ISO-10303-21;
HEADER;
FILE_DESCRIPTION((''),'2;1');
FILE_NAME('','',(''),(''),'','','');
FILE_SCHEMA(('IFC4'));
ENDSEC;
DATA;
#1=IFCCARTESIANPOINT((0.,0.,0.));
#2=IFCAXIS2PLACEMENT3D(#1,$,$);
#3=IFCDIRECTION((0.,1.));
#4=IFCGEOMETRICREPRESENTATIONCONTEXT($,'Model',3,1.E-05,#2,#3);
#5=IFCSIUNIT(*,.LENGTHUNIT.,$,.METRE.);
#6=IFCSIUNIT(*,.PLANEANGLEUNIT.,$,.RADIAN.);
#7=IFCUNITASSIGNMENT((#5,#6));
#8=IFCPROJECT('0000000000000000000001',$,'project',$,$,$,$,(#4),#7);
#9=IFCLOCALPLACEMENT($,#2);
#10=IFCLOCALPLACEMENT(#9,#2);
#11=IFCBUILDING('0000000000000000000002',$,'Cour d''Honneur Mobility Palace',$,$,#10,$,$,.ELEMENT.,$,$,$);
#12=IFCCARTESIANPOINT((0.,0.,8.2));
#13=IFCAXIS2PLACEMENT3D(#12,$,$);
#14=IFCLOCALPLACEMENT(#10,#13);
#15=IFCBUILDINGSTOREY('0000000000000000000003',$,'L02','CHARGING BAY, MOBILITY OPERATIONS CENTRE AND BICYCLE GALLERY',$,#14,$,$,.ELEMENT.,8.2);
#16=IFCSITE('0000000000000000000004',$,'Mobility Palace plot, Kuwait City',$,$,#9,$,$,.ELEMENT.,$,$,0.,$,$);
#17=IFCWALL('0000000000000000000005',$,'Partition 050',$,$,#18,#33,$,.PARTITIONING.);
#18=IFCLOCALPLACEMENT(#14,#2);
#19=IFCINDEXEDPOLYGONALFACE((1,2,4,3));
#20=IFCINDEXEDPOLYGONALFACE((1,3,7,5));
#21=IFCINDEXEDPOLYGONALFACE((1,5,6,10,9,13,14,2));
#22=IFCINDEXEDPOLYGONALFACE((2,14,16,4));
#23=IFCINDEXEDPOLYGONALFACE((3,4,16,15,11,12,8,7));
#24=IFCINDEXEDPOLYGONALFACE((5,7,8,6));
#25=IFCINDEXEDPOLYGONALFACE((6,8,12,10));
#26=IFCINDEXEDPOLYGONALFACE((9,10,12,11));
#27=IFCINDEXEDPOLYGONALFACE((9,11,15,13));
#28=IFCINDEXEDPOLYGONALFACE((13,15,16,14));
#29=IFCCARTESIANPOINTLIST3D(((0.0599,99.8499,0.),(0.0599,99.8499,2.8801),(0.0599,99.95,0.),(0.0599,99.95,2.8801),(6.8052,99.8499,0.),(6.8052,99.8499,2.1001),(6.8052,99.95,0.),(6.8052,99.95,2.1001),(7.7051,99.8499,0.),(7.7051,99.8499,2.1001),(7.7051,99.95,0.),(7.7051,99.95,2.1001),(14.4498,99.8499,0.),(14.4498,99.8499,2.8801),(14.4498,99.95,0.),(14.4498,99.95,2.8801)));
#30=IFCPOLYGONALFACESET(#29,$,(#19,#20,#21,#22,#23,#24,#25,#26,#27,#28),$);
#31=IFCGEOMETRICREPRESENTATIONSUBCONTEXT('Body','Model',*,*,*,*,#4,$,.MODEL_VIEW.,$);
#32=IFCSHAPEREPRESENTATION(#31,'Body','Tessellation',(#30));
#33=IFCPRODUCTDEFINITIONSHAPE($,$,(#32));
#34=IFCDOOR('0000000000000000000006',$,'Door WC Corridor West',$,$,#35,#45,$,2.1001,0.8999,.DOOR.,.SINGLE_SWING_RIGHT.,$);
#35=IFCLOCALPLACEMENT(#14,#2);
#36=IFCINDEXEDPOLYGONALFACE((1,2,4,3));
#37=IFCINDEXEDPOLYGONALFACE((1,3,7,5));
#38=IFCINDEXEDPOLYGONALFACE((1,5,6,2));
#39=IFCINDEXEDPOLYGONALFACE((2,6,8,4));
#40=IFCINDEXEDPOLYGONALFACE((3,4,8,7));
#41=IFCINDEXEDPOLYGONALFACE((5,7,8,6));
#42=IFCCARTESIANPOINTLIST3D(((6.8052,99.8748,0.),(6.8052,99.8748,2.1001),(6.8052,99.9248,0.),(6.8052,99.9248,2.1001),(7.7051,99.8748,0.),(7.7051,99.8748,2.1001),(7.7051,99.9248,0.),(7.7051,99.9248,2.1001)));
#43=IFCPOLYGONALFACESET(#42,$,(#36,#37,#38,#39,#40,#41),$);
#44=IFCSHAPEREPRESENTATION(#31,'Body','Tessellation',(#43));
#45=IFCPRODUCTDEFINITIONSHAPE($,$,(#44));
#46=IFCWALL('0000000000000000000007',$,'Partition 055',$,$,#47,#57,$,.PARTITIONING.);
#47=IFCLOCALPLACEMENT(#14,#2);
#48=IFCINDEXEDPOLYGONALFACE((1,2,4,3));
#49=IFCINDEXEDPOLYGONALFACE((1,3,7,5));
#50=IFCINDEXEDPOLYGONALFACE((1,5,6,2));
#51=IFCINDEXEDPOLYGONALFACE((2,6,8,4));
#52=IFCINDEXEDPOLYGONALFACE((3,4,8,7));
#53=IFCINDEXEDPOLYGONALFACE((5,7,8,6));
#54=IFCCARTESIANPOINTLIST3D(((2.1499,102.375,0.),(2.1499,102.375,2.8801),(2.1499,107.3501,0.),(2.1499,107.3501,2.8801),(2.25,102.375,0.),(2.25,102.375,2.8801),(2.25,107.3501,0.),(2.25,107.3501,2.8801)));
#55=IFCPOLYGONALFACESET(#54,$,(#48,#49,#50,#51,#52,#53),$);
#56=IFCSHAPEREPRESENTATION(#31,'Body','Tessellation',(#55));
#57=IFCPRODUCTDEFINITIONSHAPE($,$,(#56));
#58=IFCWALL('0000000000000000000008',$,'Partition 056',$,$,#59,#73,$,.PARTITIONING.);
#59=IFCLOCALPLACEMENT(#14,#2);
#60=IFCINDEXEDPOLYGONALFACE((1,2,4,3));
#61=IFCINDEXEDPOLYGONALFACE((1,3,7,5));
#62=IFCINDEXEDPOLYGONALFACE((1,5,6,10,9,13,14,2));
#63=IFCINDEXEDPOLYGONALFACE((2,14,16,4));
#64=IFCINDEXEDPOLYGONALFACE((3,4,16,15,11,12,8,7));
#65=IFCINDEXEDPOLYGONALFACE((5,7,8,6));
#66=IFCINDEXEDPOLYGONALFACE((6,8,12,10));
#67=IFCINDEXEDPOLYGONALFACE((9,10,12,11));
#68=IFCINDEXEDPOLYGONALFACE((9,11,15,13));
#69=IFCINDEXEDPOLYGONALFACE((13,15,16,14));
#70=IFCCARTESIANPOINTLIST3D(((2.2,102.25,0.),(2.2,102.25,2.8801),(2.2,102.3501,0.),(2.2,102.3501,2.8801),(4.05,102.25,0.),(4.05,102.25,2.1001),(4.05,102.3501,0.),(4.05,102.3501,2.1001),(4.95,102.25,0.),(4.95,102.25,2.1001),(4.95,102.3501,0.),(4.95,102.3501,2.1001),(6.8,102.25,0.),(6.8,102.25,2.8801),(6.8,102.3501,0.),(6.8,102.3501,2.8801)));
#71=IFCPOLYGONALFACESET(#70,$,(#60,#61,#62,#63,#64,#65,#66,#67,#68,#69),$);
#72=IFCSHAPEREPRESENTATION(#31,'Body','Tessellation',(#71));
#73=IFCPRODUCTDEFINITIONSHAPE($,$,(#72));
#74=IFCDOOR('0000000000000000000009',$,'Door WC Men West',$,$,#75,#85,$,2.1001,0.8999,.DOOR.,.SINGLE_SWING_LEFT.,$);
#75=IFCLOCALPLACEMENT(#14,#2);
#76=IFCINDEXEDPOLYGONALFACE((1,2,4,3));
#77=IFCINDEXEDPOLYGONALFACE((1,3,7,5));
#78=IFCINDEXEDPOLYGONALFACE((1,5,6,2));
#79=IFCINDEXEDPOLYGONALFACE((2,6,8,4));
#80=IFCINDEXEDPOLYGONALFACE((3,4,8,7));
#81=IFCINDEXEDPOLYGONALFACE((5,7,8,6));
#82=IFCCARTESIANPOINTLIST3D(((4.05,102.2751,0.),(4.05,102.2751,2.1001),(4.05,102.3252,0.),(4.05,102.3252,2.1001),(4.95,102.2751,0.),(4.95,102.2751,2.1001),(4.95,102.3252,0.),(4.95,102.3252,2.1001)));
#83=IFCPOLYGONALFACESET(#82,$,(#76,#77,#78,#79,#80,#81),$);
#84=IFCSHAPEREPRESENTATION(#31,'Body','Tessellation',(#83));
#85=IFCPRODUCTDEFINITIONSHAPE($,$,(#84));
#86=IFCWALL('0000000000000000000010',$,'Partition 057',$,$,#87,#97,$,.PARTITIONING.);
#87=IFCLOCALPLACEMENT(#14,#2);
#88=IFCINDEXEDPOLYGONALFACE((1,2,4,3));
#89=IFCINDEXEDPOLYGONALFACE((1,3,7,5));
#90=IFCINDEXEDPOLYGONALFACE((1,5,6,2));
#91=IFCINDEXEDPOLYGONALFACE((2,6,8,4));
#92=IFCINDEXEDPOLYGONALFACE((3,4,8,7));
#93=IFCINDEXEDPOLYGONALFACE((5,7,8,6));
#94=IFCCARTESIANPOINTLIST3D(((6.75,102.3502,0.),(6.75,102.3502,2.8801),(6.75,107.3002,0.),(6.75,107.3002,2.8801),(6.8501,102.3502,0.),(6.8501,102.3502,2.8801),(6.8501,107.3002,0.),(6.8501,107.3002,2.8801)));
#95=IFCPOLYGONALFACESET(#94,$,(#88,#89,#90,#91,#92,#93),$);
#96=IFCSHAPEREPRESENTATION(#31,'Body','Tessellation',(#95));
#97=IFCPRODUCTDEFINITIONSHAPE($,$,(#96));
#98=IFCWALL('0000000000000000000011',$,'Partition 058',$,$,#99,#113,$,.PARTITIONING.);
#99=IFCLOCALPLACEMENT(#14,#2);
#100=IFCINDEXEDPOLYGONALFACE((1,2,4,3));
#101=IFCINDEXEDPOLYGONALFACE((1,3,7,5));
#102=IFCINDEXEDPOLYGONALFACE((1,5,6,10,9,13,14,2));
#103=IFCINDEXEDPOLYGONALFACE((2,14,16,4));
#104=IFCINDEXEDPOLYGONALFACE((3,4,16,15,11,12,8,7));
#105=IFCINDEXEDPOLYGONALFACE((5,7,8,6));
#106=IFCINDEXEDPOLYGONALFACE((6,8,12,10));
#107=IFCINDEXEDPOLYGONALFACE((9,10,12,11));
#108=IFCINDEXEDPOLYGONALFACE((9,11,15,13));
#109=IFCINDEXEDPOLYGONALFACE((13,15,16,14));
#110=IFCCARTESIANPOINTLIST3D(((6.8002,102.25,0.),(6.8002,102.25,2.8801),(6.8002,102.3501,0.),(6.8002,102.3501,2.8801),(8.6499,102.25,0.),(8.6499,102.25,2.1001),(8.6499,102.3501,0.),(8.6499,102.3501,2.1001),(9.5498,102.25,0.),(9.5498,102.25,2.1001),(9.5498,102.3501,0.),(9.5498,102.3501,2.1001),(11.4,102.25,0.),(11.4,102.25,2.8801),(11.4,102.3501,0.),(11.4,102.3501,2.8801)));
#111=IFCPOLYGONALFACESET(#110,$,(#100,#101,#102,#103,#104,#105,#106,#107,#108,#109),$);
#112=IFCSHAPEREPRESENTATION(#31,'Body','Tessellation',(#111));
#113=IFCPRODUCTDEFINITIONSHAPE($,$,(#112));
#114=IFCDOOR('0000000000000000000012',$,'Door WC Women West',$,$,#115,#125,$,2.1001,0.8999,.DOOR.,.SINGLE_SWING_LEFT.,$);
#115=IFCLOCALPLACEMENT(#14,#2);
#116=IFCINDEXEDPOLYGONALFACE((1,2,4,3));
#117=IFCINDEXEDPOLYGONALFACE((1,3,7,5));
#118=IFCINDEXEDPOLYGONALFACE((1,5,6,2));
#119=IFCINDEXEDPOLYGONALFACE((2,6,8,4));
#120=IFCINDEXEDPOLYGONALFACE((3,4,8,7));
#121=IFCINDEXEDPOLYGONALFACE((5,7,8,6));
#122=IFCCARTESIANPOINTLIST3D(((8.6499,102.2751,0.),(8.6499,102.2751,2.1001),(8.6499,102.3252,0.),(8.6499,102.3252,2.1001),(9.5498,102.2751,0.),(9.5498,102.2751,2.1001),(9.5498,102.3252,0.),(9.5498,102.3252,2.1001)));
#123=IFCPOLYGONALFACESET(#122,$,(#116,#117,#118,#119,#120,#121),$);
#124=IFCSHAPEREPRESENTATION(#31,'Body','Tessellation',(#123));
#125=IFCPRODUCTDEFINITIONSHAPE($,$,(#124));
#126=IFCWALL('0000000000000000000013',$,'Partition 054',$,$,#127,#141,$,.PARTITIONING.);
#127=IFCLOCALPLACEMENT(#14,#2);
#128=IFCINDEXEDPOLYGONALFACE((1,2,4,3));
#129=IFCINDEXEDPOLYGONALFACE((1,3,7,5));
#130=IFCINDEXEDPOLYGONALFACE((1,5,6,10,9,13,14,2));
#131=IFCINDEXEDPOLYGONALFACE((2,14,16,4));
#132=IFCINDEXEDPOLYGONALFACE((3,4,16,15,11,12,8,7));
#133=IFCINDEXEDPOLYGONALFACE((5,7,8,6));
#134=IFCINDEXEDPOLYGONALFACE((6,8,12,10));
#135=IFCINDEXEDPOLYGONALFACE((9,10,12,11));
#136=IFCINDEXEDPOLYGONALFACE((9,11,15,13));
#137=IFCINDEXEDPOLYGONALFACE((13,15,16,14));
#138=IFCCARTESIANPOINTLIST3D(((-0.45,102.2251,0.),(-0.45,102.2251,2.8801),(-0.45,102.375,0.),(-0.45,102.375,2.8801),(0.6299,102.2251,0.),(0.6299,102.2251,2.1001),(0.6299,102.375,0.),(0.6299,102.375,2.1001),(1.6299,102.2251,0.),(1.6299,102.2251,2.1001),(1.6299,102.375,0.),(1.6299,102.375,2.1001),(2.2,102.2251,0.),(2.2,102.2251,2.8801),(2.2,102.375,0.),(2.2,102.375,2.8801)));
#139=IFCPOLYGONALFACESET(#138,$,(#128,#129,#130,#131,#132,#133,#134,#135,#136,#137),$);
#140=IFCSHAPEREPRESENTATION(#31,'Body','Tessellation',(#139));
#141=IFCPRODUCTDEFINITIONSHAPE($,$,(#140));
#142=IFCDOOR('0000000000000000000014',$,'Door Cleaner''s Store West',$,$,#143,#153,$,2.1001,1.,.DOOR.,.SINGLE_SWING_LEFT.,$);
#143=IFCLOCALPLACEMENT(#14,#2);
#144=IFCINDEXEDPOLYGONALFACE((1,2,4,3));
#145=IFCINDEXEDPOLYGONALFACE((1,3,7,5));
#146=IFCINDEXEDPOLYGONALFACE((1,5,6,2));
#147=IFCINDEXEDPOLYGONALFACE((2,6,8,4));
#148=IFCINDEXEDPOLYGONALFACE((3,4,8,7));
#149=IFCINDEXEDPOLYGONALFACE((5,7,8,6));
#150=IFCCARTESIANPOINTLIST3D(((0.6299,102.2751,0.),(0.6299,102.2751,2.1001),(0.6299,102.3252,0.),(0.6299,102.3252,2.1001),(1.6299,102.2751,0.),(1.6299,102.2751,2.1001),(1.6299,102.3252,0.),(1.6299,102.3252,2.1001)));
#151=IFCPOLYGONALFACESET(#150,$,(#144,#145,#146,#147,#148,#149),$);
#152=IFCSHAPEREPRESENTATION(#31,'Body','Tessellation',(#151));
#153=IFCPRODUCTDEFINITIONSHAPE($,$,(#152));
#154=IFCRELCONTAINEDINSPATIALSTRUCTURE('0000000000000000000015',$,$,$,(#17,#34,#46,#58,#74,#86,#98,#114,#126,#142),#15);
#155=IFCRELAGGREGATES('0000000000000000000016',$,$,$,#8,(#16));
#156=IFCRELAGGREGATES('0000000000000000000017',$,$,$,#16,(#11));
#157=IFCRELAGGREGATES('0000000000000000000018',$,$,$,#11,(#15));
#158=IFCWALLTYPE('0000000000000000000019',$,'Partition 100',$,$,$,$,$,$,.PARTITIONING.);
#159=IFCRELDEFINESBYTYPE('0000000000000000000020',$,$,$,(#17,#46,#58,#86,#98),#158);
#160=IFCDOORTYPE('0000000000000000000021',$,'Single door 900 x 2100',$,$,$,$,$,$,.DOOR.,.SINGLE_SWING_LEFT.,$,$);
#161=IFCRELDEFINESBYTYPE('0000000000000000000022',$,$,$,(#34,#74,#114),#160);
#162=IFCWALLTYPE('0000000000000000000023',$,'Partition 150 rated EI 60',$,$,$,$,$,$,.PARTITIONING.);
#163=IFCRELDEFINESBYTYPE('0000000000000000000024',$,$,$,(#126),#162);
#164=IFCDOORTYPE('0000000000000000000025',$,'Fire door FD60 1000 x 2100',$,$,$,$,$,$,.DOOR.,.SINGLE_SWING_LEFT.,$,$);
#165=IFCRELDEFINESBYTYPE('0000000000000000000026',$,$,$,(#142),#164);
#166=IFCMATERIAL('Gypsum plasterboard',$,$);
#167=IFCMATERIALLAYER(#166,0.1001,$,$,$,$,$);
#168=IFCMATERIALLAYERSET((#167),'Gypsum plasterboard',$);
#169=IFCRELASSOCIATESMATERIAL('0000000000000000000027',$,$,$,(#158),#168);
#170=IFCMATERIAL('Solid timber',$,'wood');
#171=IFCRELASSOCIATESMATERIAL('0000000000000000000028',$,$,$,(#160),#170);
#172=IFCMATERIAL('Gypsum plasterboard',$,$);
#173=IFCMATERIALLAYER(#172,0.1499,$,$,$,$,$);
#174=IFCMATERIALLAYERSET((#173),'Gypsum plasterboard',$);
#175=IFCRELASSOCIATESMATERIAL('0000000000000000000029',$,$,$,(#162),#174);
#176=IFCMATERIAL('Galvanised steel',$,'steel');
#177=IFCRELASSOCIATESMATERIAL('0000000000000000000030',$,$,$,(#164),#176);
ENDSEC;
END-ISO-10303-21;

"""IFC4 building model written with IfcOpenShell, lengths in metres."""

from ifc_helpers import new_model, si_unit, direction, frame, frame_2d, origin, place, context, subcontext, project, spatial, rectangle, extrude, material, layer, layer_set, type_object, element, fill, save


model = new_model("IFC4")

# Units and contexts
model_context = context("Model", 3, precision=1e-05, world=origin(), true_north=direction((0.0, 1.0)))
body_context = subcontext(model_context, "Body", "Model", "MODEL_VIEW")
ifc_project = project(units=[si_unit("LENGTHUNIT", "METRE"), si_unit("PLANEANGLEUNIT", "RADIAN")], contexts=[model_context])

# Site, building, storey
site_placement = place(None, origin())
site = spatial("IfcSite", under=ifc_project, at=site_placement, Name="Mobility Palace plot, Kuwait City", CompositionType="ELEMENT", RefElevation=0.0)
building_placement = place(site_placement, origin())
building = spatial("IfcBuilding", under=site, at=building_placement, Name="Cour d'Honneur Mobility Palace", CompositionType="ELEMENT")
storey_placement = place(building_placement, frame((0.0, 0.0, 8.2)))
storey = spatial("IfcBuildingStorey", under=building, at=storey_placement, Name="L02", Description="CHARGING BAY, MOBILITY OPERATIONS CENTRE AND BICYCLE GALLERY", CompositionType="ELEMENT", Elevation=8.2)

# Wall, opening, door
ifc_material_1 = material(Name="Gypsum plasterboard")
ifc_layer_1 = layer(ifc_material_1, 0.1001)
ifc_layer_set_1 = layer_set([ifc_layer_1], Name="Gypsum plasterboard")
wall_type_1 = type_object("IfcWallType", Name="Partition 100", PredefinedType="PARTITIONING", material=ifc_layer_set_1)
wall_1_placement = place(storey_placement, frame((0.0601, 99.8999, 0.0), z_axis=(0.0, 0.0, 1.0), x_axis=(1.0, 0.0, 0.0)))
wall_1 = element("IfcWall", 1, at=wall_1_placement, inside=storey, type_object=wall_type_1, Name="Partition 050", PredefinedType="PARTITIONING", context=body_context, shape_type="SweptSolid", body=[
    extrude(rectangle(XDim=14.3899, YDim=0.1001, at=frame_2d((7.1948, 0.0))), origin(), (0.0, 0.0, 1.0), 2.8801),
])
opening_1_placement = place(wall_1_placement, frame((6.7451, 0.0, 0.0)))
opening_1 = element("IfcOpeningElement", 2, at=opening_1_placement, cuts=wall_1, PredefinedType="OPENING", context=body_context, shape_type="SweptSolid", body=[
    extrude(rectangle(XDim=0.8999, YDim=2.1001, at=frame_2d((0.45, 1.05))), frame((0.0, 0.0601, 0.0), z_axis=(0.0, -1.0, 0.0), x_axis=(1.0, 0.0, 0.0)), (0.0, 0.0, 1.0), 0.1201),
])
ifc_material_2 = material(Name="Solid timber", Category="wood")
door_type_1 = type_object("IfcDoorType", Name="Single door 900 x 2100", OperationType="SINGLE_SWING_LEFT", PredefinedType="DOOR", material=ifc_material_2)
door_1_placement = place(opening_1_placement, origin())
door_1 = element("IfcDoor", 3, at=door_1_placement, inside=storey, type_object=door_type_1, Name="Door WC Corridor West", OperationType="SINGLE_SWING_RIGHT", OverallHeight=2.1001, OverallWidth=0.8999, PredefinedType="DOOR", context=body_context, shape_type="SweptSolid", body=[
    extrude(rectangle(XDim=0.8999, YDim=2.1001, at=frame_2d((0.45, 1.05))), frame((0.0, 0.0249, 0.0), z_axis=(0.0, -1.0, 0.0), x_axis=(1.0, 0.0, 0.0)), (0.0, 0.0, 1.0), 0.05),
])
fill(opening_1, door_1)

# Wall
wall_2_placement = place(storey_placement, frame((2.2, 102.375, 0.0), z_axis=(0.0, 0.0, 1.0), x_axis=(0.0, 1.0, 0.0)))
element("IfcWall", 4, at=wall_2_placement, inside=storey, type_object=wall_type_1, Name="Partition 055", PredefinedType="PARTITIONING", context=body_context, shape_type="SweptSolid", body=[
    extrude(rectangle(XDim=4.9751, YDim=0.1001, at=frame_2d((2.4875, 0.0))), origin(), (0.0, 0.0, 1.0), 2.8801),
])

# Wall, opening, door
wall_3_placement = place(storey_placement, frame((6.8, 102.3, 0.0), z_axis=(0.0, 0.0, 1.0), x_axis=(-1.0, 0.0, 0.0)))
wall_3 = element("IfcWall", 5, at=wall_3_placement, inside=storey, type_object=wall_type_1, Name="Partition 056", PredefinedType="PARTITIONING", context=body_context, shape_type="SweptSolid", body=[
    extrude(rectangle(XDim=4.6001, YDim=0.1001, at=frame_2d((2.3, 0.0))), origin(), (0.0, 0.0, 1.0), 2.8801),
])
opening_2_placement = place(wall_3_placement, frame((1.8501, 0.0, 0.0)))
opening_2 = element("IfcOpeningElement", 6, at=opening_2_placement, cuts=wall_3, PredefinedType="OPENING", context=body_context, shape_type="SweptSolid", body=[
    extrude(rectangle(XDim=0.8999, YDim=2.1001, at=frame_2d((0.45, 1.05))), frame((0.0, 0.0601, 0.0), z_axis=(0.0, -1.0, 0.0), x_axis=(1.0, 0.0, 0.0)), (0.0, 0.0, 1.0), 0.1201),
])
door_2_placement = place(opening_2_placement, origin())
door_2 = element("IfcDoor", 7, at=door_2_placement, inside=storey, type_object=door_type_1, Name="Door WC Men West", OperationType="SINGLE_SWING_LEFT", OverallHeight=2.1001, OverallWidth=0.8999, PredefinedType="DOOR", context=body_context, shape_type="SweptSolid", body=[
    extrude(rectangle(XDim=0.8999, YDim=2.1001, at=frame_2d((0.45, 1.05))), frame((0.0, 0.0249, 0.0), z_axis=(0.0, -1.0, 0.0), x_axis=(1.0, 0.0, 0.0)), (0.0, 0.0, 1.0), 0.05),
])
fill(opening_2, door_2)

# Wall
wall_4_placement = place(storey_placement, frame((6.8, 102.3501, 0.0), z_axis=(0.0, 0.0, 1.0), x_axis=(0.0, 1.0, 0.0)))
element("IfcWall", 8, at=wall_4_placement, inside=storey, type_object=wall_type_1, Name="Partition 057", PredefinedType="PARTITIONING", context=body_context, shape_type="SweptSolid", body=[
    extrude(rectangle(XDim=4.95, YDim=0.1001, at=frame_2d((2.4751, 0.0))), origin(), (0.0, 0.0, 1.0), 2.8801),
])

# Walls, openings, doors
wall_5_placement = place(storey_placement, frame((11.3999, 102.3, 0.0), z_axis=(0.0, 0.0, 1.0), x_axis=(-1.0, 0.0, 0.0)))
wall_5 = element("IfcWall", 9, at=wall_5_placement, inside=storey, type_object=wall_type_1, Name="Partition 058", PredefinedType="PARTITIONING", context=body_context, shape_type="SweptSolid", body=[
    extrude(rectangle(XDim=4.5999, YDim=0.1001, at=frame_2d((2.2998, 0.0))), origin(), (0.0, 0.0, 1.0), 2.8801),
])
opening_3_placement = place(wall_5_placement, frame((1.8501, 0.0, 0.0)))
opening_3 = element("IfcOpeningElement", 10, at=opening_3_placement, cuts=wall_5, PredefinedType="OPENING", context=body_context, shape_type="SweptSolid", body=[
    extrude(rectangle(XDim=0.8999, YDim=2.1001, at=frame_2d((0.45, 1.05))), frame((0.0, 0.0601, 0.0), z_axis=(0.0, -1.0, 0.0), x_axis=(1.0, 0.0, 0.0)), (0.0, 0.0, 1.0), 0.1201),
])
door_3_placement = place(opening_3_placement, origin())
door_3 = element("IfcDoor", 11, at=door_3_placement, inside=storey, type_object=door_type_1, Name="Door WC Women West", OperationType="SINGLE_SWING_LEFT", OverallHeight=2.1001, OverallWidth=0.8999, PredefinedType="DOOR", context=body_context, shape_type="SweptSolid", body=[
    extrude(rectangle(XDim=0.8999, YDim=2.1001, at=frame_2d((0.45, 1.05))), frame((0.0, 0.0249, 0.0), z_axis=(0.0, -1.0, 0.0), x_axis=(1.0, 0.0, 0.0)), (0.0, 0.0, 1.0), 0.05),
])
fill(opening_3, door_3)
ifc_material_3 = material(Name="Gypsum plasterboard")
ifc_layer_2 = layer(ifc_material_3, 0.1499)
ifc_layer_set_2 = layer_set([ifc_layer_2], Name="Gypsum plasterboard")
wall_type_2 = type_object("IfcWallType", Name="Partition 150 rated EI 60", PredefinedType="PARTITIONING", material=ifc_layer_set_2)
wall_6_placement = place(storey_placement, frame((2.2, 102.3, 0.0), z_axis=(0.0, 0.0, 1.0), x_axis=(-1.0, 0.0, 0.0)))
wall_6 = element("IfcWall", 12, at=wall_6_placement, inside=storey, type_object=wall_type_2, Name="Partition 054", PredefinedType="PARTITIONING", context=body_context, shape_type="SweptSolid", body=[
    extrude(rectangle(XDim=2.6499, YDim=0.1499, at=frame_2d((1.325, 0.0))), origin(), (0.0, 0.0, 1.0), 2.8801),
])
opening_4_placement = place(wall_6_placement, frame((0.5701, 0.0, 0.0)))
opening_4 = element("IfcOpeningElement", 13, at=opening_4_placement, cuts=wall_6, PredefinedType="OPENING", context=body_context, shape_type="SweptSolid", body=[
    extrude(rectangle(XDim=1.0, YDim=2.1001, at=frame_2d((0.5, 1.05))), frame((0.0, 0.085, 0.0), z_axis=(0.0, -1.0, 0.0), x_axis=(1.0, 0.0, 0.0)), (0.0, 0.0, 1.0), 0.1699),
])
ifc_material_4 = material(Name="Galvanised steel", Category="steel")
door_type_2 = type_object("IfcDoorType", Name="Fire door FD60 1000 x 2100", OperationType="SINGLE_SWING_LEFT", PredefinedType="DOOR", material=ifc_material_4)
door_4_placement = place(opening_4_placement, origin())
door_4 = element("IfcDoor", 14, at=door_4_placement, inside=storey, type_object=door_type_2, Name="Door Cleaner's Store West", OperationType="SINGLE_SWING_LEFT", OverallHeight=2.1001, OverallWidth=1.0, PredefinedType="DOOR", context=body_context, shape_type="SweptSolid", body=[
    extrude(rectangle(XDim=1.0, YDim=2.1001, at=frame_2d((0.5, 1.05))), frame((0.0, 0.0249, 0.0), z_axis=(0.0, -1.0, 0.0), x_axis=(1.0, 0.0, 0.0)), (0.0, 0.0, 1.0), 0.05),
])
fill(opening_4, door_4)

save(model, "model.ifc")
